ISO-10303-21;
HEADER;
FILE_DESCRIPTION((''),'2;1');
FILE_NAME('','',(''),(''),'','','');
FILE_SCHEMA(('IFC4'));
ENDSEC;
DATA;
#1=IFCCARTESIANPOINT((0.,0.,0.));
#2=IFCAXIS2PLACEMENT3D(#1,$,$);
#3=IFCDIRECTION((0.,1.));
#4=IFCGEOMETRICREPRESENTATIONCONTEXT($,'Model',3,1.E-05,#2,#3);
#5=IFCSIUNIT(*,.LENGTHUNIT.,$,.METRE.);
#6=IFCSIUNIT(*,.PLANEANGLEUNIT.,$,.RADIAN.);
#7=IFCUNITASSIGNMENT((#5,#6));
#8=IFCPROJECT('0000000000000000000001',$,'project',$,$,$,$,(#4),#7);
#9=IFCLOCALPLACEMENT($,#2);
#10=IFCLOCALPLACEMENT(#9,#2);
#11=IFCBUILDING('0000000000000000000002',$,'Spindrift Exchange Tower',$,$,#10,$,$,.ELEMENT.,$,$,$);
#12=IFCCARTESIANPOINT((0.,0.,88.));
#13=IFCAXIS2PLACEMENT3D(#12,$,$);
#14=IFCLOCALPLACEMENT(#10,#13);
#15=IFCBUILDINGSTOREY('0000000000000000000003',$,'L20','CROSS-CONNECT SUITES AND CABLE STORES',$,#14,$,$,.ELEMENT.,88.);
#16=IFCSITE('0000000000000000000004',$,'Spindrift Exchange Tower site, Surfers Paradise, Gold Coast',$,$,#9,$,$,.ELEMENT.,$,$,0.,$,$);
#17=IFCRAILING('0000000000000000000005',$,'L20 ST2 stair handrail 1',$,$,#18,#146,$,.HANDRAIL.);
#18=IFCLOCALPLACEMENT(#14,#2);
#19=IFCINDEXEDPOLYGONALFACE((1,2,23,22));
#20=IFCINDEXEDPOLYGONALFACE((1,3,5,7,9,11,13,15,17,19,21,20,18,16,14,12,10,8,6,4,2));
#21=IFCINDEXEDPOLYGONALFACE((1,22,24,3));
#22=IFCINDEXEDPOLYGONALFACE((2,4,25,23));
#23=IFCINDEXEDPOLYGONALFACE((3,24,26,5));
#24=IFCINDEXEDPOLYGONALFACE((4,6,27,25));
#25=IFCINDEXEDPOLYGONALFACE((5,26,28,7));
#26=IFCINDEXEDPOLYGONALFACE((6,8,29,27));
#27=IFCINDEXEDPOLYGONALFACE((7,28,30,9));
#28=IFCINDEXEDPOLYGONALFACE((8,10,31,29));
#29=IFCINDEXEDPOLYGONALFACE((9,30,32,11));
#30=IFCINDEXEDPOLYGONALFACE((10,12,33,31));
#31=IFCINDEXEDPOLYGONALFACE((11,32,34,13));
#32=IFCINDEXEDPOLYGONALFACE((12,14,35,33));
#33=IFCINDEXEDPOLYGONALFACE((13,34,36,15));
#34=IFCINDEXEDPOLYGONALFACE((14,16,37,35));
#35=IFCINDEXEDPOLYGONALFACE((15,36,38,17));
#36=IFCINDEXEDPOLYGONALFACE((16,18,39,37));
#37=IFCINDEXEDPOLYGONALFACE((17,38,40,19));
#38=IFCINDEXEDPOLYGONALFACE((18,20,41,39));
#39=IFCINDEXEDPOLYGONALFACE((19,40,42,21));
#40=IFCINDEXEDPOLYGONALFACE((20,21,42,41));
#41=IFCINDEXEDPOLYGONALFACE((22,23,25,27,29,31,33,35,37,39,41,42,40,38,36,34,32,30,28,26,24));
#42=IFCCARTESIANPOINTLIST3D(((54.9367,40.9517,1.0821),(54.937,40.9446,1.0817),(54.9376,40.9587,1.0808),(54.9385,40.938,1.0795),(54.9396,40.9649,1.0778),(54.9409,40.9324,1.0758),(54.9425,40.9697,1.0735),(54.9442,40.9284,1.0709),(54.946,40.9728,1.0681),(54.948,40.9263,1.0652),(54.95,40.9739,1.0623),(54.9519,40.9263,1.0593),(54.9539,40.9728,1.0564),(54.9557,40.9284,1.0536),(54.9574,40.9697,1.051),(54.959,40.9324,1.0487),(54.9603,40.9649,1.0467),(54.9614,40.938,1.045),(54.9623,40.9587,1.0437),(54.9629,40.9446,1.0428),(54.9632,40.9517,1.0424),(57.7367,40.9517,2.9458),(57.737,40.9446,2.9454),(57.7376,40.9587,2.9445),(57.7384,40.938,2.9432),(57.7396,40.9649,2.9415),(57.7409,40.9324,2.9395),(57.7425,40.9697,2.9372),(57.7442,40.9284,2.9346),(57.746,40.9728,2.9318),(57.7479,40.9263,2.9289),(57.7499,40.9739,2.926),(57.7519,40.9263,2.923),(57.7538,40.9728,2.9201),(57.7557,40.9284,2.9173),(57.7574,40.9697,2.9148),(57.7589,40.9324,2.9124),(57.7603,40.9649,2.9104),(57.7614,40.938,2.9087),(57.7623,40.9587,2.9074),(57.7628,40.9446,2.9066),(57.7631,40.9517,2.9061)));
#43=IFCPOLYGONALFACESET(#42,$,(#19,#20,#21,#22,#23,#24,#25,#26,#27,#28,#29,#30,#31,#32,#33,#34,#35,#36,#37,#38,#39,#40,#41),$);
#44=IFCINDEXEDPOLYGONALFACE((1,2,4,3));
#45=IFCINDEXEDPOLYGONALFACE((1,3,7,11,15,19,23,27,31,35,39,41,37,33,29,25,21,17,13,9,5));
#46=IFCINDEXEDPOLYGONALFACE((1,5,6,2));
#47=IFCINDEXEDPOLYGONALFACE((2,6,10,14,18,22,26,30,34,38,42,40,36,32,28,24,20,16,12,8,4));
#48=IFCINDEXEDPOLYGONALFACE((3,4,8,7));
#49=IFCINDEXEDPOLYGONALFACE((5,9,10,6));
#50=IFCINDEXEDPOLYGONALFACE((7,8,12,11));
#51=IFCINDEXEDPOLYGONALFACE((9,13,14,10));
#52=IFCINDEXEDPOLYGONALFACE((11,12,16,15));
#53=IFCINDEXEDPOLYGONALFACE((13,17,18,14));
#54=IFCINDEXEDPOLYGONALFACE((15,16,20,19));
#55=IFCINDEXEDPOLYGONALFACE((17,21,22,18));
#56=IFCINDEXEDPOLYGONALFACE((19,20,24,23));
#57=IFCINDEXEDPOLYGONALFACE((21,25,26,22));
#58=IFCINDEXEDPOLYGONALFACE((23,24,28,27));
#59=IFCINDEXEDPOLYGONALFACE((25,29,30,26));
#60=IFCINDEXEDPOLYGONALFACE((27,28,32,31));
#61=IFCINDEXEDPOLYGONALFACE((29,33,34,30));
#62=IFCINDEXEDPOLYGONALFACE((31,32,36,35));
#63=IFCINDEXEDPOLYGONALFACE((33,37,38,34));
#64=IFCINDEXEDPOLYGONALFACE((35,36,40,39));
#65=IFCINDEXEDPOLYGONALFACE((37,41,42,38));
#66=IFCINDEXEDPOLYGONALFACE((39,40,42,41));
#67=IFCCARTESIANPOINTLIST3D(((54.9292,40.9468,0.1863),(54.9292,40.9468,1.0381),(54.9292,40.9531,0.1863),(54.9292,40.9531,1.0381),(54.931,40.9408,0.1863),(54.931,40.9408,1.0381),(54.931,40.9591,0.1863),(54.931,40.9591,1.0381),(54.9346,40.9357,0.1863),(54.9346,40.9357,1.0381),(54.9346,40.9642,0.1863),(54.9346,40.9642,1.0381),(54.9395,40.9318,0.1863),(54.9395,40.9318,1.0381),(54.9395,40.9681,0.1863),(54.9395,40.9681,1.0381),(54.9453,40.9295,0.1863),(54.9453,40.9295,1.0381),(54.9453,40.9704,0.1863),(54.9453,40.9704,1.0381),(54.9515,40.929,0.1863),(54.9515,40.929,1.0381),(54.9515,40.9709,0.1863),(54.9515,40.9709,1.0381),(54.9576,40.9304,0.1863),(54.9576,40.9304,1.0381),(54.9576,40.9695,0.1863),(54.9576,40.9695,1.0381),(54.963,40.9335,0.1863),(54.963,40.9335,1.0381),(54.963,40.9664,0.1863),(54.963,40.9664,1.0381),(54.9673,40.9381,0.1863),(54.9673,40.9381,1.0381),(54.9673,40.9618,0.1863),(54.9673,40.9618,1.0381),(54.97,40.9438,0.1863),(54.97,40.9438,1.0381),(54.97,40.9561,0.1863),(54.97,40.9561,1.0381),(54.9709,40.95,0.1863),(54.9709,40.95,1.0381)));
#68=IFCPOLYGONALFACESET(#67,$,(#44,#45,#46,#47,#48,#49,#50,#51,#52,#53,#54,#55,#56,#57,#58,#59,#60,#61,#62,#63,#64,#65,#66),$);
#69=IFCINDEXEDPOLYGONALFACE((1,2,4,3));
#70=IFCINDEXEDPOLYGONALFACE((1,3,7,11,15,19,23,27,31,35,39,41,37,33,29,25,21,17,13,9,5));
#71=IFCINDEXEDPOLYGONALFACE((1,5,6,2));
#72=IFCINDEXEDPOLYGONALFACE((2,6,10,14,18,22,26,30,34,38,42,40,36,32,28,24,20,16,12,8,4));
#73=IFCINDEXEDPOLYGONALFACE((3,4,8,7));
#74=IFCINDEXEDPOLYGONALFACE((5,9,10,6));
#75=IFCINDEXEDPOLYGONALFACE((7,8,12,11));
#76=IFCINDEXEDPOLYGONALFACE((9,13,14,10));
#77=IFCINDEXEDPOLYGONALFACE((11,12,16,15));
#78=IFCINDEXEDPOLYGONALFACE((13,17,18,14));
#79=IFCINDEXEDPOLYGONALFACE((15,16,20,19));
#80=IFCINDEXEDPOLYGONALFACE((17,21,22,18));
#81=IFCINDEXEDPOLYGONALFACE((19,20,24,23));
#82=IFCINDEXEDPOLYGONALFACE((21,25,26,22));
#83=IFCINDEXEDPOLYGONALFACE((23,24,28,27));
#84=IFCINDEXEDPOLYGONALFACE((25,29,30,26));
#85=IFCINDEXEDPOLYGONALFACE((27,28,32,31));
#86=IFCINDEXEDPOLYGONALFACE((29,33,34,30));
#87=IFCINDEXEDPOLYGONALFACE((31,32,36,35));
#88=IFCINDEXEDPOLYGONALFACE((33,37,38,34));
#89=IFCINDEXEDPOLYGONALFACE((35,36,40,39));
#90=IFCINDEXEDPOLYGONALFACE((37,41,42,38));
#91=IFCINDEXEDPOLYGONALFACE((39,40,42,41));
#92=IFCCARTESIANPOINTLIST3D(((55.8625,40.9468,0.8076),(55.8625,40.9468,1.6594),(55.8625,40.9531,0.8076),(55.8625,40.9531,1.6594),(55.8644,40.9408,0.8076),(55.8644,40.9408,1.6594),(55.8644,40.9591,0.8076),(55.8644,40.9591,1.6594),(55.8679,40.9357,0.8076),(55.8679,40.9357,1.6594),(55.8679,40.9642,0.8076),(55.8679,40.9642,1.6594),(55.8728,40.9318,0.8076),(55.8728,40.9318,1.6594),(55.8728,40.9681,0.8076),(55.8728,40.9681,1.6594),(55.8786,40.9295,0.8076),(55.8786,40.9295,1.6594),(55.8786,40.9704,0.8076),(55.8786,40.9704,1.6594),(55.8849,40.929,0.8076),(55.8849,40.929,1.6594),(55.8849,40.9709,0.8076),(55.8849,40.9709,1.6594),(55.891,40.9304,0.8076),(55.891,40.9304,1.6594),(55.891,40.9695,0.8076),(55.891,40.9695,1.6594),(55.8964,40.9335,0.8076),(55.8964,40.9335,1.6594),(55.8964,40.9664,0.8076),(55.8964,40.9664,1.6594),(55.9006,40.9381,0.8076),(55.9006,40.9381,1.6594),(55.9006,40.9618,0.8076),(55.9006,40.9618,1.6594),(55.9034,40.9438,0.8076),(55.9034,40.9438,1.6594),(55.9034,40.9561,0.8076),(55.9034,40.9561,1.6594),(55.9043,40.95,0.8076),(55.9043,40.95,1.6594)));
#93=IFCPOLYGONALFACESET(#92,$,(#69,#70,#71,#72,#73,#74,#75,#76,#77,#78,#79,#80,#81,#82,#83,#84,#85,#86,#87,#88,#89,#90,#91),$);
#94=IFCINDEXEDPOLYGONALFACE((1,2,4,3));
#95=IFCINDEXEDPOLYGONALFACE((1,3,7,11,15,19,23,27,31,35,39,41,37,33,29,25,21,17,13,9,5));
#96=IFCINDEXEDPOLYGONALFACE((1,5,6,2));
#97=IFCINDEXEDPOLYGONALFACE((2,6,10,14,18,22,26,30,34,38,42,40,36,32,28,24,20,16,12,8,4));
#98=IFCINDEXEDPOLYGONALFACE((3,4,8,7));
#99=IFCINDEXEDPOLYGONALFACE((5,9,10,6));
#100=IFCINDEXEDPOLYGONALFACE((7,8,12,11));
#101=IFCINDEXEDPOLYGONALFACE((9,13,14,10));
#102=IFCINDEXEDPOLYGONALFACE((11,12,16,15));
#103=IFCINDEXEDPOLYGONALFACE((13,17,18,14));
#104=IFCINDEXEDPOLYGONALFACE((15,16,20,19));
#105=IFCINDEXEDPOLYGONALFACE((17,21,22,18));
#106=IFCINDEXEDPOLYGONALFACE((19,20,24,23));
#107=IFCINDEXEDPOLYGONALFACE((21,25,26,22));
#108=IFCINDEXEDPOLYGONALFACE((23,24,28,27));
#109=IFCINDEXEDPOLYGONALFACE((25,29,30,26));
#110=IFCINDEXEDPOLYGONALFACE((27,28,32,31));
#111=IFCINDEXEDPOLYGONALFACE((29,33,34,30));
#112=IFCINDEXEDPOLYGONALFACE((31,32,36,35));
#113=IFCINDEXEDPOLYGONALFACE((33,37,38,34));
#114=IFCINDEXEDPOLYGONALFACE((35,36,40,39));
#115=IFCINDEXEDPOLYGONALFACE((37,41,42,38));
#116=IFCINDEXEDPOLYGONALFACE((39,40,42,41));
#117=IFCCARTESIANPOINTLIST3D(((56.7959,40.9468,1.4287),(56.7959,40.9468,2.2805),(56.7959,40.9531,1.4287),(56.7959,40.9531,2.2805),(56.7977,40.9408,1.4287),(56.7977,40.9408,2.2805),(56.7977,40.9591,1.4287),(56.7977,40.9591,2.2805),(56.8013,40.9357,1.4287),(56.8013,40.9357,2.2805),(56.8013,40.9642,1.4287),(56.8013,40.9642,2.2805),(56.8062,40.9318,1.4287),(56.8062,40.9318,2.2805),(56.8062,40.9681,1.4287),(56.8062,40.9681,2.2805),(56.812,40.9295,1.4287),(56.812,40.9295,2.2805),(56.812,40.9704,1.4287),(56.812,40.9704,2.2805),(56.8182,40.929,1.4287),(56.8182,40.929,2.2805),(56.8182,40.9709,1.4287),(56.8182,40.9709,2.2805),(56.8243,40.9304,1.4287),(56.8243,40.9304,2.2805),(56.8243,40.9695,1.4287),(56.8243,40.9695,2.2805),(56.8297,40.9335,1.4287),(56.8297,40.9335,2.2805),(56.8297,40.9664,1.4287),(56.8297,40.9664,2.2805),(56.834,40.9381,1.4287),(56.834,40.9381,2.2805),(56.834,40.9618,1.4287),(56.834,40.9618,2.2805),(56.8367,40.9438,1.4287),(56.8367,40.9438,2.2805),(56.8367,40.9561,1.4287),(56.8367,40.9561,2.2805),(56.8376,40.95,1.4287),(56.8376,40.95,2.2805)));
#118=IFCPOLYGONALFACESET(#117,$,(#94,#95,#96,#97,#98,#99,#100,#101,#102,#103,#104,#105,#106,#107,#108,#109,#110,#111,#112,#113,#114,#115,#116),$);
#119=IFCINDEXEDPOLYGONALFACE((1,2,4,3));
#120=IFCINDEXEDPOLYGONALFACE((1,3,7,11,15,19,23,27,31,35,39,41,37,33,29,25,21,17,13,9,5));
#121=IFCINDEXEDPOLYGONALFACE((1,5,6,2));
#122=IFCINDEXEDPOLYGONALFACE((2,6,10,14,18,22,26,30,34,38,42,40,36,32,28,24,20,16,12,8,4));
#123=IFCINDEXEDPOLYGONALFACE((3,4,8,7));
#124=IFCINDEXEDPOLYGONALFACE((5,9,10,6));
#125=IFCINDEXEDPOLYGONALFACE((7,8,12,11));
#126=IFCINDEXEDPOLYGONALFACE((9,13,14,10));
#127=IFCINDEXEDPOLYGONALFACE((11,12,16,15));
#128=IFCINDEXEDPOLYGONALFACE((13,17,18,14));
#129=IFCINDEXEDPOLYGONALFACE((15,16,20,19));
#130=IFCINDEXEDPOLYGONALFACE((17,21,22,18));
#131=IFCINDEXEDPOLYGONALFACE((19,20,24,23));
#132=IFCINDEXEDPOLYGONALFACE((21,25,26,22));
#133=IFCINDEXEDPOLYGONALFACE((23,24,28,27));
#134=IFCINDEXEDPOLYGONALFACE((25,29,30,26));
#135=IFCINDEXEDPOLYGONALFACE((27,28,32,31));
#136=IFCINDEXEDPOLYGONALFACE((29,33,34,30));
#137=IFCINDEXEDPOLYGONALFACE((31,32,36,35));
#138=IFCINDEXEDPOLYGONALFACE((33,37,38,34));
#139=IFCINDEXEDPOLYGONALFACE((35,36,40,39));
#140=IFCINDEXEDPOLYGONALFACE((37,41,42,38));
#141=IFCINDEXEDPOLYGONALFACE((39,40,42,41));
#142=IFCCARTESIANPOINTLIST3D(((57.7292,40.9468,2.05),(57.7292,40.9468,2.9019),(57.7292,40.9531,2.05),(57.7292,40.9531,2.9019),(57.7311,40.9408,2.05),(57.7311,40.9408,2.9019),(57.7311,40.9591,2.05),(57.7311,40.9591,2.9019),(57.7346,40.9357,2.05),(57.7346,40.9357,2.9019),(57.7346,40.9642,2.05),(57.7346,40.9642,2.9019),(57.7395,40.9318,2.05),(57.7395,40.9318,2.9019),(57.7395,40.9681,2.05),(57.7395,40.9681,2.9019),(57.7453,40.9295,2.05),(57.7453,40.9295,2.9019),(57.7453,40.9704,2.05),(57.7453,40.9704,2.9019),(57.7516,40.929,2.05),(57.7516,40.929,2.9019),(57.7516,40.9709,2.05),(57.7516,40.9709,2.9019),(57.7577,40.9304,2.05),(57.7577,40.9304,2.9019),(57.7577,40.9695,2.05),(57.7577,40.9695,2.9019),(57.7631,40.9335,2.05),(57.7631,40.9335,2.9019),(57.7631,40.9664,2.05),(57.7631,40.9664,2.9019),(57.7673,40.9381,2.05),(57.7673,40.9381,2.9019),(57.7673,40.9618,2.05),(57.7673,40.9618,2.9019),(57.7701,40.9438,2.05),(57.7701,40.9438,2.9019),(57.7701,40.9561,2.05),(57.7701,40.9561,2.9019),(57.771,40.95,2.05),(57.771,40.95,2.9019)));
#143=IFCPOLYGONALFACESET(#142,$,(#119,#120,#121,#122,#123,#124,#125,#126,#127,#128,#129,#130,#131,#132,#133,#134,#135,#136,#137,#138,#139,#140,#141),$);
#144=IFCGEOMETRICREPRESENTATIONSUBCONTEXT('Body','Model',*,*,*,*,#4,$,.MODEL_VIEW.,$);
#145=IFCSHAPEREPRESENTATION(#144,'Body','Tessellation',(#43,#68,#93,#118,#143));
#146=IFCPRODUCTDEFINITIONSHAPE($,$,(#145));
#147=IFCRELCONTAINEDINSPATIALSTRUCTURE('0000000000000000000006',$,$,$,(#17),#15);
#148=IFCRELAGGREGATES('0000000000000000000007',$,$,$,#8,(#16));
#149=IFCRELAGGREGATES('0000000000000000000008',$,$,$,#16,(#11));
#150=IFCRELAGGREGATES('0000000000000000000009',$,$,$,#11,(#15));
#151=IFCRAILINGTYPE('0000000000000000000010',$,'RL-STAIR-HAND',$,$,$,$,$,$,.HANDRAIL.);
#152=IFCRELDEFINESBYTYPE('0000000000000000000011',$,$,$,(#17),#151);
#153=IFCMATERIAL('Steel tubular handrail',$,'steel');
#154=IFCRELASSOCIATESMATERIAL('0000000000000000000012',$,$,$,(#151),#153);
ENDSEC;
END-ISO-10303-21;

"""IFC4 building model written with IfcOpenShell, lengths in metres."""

from ifc_helpers import new_model, si_unit, direction, frame, origin, origin_2d, place, context, subcontext, project, spatial, circle, extrude, material, type_object, element, save


model = new_model("IFC4")

# Units and contexts
model_context = context("Model", 3, precision=1e-05, world=origin(), true_north=direction((0.0, 1.0)))
body_context = subcontext(model_context, "Body", "Model", "MODEL_VIEW")
ifc_project = project(units=[si_unit("LENGTHUNIT", "METRE"), si_unit("PLANEANGLEUNIT", "RADIAN")], contexts=[model_context])

# Site, building, storey
site_placement = place(None, origin())
site = spatial("IfcSite", under=ifc_project, at=site_placement, Name="Spindrift Exchange Tower site, Surfers Paradise, Gold Coast", CompositionType="ELEMENT", RefElevation=0.0)
building_placement = place(site_placement, origin())
building = spatial("IfcBuilding", under=site, at=building_placement, Name="Spindrift Exchange Tower", CompositionType="ELEMENT")
storey_placement = place(building_placement, frame((0.0, 0.0, 88.0)))
storey = spatial("IfcBuildingStorey", under=building, at=storey_placement, Name="L20", Description="CROSS-CONNECT SUITES AND CABLE STORES", CompositionType="ELEMENT", Elevation=88.0)

# Railing
ifc_material_1 = material(Name="Steel tubular handrail", Category="steel")
railing_type_1 = type_object("IfcRailingType", Name="RL-STAIR-HAND", PredefinedType="HANDRAIL", material=ifc_material_1)
railing_1_placement = place(storey_placement, frame((54.95, 40.95, 0.1863)))
element("IfcRailing", 1, at=railing_1_placement, inside=storey, type_object=railing_type_1, Name="L20 ST2 stair handrail 1", PredefinedType="HANDRAIL", context=body_context, shape_type="SweptSolid", body=[
    extrude(circle(Radius=0.0239, at=origin_2d()), frame((0.0, 0.0, 0.876), z_axis=(0.832452, 0.0, 0.554097), x_axis=(0.0, 1.0, 0.0)), (0.0, 0.0, 1.0), 3.3635),
    extrude(circle(Radius=0.021, at=origin_2d()), origin(), (0.0, 0.0, 1.0), 0.8518),
    extrude(circle(Radius=0.021, at=origin_2d()), frame((0.9333, 0.0, 0.6213)), (0.0, 0.0, 1.0), 0.8518),
    extrude(circle(Radius=0.021, at=origin_2d()), frame((1.8667, 0.0, 1.2424)), (0.0, 0.0, 1.0), 0.8518),
    extrude(circle(Radius=0.021, at=origin_2d()), frame((2.8, 0.0, 1.8638)), (0.0, 0.0, 1.0), 0.8518),
])

save(model, "model.ifc")
